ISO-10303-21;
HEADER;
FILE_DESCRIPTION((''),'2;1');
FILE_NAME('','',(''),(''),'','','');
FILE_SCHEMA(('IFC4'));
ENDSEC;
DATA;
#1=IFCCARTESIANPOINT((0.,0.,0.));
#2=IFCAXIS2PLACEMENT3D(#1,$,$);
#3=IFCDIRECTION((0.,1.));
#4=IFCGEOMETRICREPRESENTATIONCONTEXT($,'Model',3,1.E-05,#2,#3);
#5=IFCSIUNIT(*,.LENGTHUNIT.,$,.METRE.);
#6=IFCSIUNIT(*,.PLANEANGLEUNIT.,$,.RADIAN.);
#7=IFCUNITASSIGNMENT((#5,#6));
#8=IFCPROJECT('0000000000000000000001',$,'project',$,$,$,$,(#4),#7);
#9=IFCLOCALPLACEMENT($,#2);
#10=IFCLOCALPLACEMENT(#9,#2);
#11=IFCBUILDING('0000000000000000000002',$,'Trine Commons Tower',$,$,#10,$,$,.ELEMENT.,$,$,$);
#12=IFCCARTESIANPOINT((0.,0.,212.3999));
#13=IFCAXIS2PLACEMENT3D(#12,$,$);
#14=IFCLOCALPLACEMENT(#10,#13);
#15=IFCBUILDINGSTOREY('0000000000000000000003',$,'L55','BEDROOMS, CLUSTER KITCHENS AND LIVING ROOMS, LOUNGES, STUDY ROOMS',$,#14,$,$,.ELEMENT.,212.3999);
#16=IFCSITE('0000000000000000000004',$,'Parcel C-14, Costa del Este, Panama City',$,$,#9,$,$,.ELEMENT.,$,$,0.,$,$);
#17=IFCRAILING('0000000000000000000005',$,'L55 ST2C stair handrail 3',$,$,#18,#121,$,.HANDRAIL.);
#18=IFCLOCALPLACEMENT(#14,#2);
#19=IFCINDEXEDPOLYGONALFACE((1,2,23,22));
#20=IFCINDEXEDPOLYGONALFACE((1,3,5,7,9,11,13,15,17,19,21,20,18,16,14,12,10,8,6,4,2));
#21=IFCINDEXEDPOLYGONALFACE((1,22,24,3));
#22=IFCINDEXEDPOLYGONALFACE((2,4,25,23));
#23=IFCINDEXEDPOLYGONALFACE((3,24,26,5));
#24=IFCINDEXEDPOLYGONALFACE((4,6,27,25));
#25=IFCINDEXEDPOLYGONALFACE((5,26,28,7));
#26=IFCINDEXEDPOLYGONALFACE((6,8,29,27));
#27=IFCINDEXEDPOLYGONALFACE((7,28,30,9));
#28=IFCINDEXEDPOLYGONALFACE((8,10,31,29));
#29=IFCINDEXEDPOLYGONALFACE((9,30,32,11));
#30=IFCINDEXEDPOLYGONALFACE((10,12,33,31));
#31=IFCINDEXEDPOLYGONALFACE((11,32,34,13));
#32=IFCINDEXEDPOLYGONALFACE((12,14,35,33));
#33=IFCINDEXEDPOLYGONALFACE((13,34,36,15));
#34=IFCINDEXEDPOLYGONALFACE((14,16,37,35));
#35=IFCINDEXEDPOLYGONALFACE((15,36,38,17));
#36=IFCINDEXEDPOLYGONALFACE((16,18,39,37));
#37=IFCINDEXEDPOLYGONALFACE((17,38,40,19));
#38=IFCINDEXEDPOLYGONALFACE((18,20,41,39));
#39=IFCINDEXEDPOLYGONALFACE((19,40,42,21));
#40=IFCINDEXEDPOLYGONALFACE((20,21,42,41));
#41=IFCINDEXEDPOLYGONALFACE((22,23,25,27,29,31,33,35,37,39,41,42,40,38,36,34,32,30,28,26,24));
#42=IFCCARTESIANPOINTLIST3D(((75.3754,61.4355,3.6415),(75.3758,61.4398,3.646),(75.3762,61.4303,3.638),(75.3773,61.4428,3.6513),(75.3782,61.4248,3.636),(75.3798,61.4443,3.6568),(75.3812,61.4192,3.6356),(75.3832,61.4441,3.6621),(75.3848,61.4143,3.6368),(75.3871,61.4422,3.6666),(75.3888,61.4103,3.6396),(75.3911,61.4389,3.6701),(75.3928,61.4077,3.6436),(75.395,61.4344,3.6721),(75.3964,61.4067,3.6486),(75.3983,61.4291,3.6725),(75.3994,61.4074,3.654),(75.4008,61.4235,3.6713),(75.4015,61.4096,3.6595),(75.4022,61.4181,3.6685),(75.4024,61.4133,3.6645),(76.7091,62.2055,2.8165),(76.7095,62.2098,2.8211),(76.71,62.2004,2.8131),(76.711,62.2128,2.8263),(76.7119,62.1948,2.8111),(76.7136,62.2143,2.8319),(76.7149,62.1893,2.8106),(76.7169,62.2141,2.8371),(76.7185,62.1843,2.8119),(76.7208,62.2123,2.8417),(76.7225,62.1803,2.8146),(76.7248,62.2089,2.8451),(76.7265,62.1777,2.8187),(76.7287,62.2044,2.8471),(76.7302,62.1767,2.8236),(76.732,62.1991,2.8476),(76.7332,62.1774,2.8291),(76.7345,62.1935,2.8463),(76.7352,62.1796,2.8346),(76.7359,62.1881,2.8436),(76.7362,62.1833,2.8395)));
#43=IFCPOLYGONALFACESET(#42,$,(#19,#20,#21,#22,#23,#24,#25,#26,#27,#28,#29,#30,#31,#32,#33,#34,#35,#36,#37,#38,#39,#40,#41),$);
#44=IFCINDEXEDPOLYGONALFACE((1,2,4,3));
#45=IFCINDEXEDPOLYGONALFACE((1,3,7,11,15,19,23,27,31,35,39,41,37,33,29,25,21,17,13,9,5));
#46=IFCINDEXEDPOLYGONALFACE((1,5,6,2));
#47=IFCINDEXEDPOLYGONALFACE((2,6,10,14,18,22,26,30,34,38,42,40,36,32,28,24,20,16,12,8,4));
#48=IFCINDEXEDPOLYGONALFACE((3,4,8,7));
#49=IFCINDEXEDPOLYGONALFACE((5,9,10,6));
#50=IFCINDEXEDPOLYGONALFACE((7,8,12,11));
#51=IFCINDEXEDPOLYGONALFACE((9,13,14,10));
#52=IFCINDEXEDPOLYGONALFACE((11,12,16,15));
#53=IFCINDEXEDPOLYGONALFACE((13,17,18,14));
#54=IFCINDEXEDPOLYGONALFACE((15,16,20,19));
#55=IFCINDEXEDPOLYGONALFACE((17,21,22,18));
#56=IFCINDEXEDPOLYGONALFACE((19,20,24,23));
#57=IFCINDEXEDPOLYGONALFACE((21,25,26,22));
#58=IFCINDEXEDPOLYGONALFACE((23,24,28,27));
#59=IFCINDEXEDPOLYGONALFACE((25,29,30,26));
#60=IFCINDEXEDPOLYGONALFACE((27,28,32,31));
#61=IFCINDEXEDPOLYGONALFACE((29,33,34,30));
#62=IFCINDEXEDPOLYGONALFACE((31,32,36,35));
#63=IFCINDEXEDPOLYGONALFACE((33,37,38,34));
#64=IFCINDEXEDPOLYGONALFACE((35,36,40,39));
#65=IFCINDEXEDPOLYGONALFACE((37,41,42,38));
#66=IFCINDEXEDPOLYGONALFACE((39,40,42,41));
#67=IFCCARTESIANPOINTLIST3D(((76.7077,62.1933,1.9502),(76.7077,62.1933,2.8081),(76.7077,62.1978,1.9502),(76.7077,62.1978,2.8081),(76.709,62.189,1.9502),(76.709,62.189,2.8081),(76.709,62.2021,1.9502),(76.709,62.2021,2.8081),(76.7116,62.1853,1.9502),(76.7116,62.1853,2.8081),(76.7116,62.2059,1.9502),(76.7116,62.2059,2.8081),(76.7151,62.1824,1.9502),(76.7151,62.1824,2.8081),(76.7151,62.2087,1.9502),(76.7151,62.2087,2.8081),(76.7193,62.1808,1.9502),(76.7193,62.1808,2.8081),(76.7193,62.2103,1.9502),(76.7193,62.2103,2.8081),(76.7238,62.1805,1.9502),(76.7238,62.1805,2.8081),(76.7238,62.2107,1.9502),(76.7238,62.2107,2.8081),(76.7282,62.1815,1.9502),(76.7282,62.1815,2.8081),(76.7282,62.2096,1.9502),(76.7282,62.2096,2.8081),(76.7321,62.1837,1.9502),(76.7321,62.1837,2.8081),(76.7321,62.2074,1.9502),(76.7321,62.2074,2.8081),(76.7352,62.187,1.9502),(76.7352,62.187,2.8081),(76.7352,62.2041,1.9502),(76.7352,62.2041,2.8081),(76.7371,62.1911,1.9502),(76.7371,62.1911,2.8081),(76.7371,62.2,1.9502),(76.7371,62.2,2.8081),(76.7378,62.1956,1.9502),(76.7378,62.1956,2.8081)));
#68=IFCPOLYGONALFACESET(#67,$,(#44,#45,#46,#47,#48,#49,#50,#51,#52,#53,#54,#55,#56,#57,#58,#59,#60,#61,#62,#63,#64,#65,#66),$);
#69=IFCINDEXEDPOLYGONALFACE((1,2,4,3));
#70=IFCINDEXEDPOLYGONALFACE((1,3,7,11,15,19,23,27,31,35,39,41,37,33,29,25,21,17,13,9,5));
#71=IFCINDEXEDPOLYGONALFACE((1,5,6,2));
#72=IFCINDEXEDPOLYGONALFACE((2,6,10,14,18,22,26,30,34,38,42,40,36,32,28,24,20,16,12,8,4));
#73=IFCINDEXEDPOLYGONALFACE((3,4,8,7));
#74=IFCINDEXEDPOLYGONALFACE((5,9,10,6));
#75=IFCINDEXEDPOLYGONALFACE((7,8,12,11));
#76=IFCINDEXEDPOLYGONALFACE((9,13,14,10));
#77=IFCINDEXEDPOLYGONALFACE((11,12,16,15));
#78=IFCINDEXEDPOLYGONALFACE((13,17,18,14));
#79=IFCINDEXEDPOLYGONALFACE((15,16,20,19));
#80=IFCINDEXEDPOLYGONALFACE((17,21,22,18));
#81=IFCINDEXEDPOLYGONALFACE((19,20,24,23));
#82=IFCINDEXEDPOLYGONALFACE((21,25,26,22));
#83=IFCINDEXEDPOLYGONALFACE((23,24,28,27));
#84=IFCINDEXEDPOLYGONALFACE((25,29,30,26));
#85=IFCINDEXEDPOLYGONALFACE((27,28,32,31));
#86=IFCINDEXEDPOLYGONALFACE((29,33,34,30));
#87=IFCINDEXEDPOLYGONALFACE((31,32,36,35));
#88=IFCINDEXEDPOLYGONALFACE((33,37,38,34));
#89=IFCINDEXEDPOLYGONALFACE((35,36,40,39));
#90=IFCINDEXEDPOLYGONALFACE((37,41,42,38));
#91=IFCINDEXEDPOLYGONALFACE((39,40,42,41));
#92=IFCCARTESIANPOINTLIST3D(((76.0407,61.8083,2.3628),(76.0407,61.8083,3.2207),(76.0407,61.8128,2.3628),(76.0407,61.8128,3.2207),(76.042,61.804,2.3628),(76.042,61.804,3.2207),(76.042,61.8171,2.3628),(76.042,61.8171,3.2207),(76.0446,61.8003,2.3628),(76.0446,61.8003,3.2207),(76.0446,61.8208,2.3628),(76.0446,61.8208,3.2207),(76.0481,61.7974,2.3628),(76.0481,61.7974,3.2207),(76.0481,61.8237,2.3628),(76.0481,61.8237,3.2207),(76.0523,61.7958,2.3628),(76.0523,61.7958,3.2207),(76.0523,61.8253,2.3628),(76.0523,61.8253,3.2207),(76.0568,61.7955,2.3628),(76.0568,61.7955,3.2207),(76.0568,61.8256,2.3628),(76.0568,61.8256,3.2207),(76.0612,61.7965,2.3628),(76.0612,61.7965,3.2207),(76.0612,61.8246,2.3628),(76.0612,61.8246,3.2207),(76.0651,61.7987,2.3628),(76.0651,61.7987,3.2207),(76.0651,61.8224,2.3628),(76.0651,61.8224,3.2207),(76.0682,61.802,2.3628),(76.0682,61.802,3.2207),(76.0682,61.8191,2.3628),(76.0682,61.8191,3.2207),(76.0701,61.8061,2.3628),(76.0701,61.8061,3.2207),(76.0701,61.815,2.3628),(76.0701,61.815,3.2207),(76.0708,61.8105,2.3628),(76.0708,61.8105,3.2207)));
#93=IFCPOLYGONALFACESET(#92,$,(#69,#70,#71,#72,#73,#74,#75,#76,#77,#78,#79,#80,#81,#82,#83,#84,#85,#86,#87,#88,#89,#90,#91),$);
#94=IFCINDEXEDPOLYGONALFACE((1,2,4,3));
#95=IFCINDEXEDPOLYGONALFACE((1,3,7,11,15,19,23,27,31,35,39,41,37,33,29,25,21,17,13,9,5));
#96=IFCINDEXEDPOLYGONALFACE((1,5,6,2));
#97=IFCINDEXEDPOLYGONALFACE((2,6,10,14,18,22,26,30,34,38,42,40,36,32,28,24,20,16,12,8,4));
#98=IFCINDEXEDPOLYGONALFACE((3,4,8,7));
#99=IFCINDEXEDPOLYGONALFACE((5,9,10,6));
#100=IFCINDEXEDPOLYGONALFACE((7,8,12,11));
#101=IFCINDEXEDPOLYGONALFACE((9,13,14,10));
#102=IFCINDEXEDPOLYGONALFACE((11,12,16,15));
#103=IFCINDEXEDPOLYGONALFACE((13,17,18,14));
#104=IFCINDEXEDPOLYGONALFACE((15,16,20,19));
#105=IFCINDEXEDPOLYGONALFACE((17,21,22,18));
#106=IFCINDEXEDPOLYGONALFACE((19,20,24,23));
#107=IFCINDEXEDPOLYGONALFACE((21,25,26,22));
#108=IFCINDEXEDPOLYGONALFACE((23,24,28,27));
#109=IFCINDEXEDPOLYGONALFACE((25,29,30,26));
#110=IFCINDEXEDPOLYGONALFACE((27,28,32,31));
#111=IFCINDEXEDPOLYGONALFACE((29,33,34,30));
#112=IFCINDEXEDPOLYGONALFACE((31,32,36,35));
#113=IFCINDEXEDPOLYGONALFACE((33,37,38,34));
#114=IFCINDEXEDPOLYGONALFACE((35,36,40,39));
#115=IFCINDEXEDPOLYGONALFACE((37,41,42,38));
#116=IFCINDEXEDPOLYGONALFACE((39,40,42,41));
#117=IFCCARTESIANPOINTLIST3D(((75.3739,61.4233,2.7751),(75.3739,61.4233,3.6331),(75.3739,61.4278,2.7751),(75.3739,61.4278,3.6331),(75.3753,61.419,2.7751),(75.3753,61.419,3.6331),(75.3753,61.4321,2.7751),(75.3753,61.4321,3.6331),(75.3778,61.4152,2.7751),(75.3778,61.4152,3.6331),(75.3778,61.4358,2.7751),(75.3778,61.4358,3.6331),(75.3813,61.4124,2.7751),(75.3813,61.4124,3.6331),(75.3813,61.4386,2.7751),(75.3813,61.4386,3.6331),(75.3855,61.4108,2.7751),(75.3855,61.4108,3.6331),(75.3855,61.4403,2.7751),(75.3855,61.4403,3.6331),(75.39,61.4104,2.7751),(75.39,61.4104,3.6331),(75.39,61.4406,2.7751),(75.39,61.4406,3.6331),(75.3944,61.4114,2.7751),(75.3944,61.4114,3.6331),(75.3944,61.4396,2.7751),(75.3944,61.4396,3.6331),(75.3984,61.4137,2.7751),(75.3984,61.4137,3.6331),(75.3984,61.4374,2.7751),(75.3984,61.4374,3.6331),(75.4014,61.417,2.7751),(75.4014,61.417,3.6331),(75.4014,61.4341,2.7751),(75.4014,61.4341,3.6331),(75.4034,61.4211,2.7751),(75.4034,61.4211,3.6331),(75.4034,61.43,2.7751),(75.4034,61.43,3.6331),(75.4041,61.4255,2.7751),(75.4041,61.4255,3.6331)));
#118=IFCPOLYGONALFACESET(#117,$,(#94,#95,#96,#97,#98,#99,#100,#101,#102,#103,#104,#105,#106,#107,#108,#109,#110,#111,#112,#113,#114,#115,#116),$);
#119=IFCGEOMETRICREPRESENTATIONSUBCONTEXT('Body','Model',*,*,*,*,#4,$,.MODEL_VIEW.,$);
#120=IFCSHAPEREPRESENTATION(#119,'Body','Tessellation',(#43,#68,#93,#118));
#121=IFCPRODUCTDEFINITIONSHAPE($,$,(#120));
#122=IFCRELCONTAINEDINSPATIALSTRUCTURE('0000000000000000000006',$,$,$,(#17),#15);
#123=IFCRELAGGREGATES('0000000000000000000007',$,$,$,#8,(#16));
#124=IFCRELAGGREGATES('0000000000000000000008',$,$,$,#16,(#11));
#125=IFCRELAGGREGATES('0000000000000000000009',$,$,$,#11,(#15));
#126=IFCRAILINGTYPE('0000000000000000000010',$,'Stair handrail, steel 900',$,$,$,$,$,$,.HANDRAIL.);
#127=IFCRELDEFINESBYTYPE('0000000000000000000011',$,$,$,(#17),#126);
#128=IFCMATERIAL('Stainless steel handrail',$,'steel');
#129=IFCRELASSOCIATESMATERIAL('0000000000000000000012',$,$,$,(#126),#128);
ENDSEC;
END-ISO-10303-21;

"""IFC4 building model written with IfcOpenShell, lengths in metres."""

from ifc_helpers import new_model, si_unit, direction, frame, origin, origin_2d, place, context, subcontext, project, spatial, circle, extrude, material, type_object, element, save


model = new_model("IFC4")

# Units and contexts
model_context = context("Model", 3, precision=1e-05, world=origin(), true_north=direction((0.0, 1.0)))
body_context = subcontext(model_context, "Body", "Model", "MODEL_VIEW")
ifc_project = project(units=[si_unit("LENGTHUNIT", "METRE"), si_unit("PLANEANGLEUNIT", "RADIAN")], contexts=[model_context])

# Site, building, storey
site_placement = place(None, origin())
site = spatial("IfcSite", under=ifc_project, at=site_placement, Name="Parcel C-14, Costa del Este, Panama City", CompositionType="ELEMENT", RefElevation=0.0)
building_placement = place(site_placement, origin())
building = spatial("IfcBuilding", under=site, at=building_placement, Name="Trine Commons Tower", CompositionType="ELEMENT")
storey_placement = place(building_placement, frame((0.0, 0.0, 212.3999)))
storey = spatial("IfcBuildingStorey", under=building, at=storey_placement, Name="L55", Description="BEDROOMS, CLUSTER KITCHENS AND LIVING ROOMS, LOUNGES, STUDY ROOMS", CompositionType="ELEMENT", Elevation=212.3999)

# Railing
ifc_material_1 = material(Name="Stainless steel handrail", Category="steel")
railing_type_1 = type_object("IfcRailingType", Name="Stair handrail, steel 900", PredefinedType="HANDRAIL", material=ifc_material_1)
for number, where, name in (
    (1, (76.7227, 62.1956, 1.9502), "L55 ST2C stair handrail 3"),
):
    element("IfcRailing", number, at=place(storey_placement, frame(where)), inside=storey, type_object=railing_type_1, Name=name, PredefinedType="HANDRAIL", context=body_context, shape_type="SweptSolid", body=[
        extrude(circle(Radius=0.021, at=origin_2d()), frame((0.0, 0.0, 0.8789), z_axis=(-0.763405, -0.440743, 0.472185), x_axis=(0.499992, -0.86603, 0.0)), (0.0, 0.0, 1.0), 1.7471),
        extrude(circle(Radius=0.0151, at=origin_2d()), origin(), (0.0, 0.0, 1.0), 0.8579),
        extrude(circle(Radius=0.0151, at=origin_2d()), frame((-0.667, -0.385, 0.4126)), (0.0, 0.0, 1.0), 0.8579),
        extrude(circle(Radius=0.0151, at=origin_2d()), frame((-1.3337, -0.77, 0.825)), (0.0, 0.0, 1.0), 0.8579),
    ])

save(model, "model.ifc")
